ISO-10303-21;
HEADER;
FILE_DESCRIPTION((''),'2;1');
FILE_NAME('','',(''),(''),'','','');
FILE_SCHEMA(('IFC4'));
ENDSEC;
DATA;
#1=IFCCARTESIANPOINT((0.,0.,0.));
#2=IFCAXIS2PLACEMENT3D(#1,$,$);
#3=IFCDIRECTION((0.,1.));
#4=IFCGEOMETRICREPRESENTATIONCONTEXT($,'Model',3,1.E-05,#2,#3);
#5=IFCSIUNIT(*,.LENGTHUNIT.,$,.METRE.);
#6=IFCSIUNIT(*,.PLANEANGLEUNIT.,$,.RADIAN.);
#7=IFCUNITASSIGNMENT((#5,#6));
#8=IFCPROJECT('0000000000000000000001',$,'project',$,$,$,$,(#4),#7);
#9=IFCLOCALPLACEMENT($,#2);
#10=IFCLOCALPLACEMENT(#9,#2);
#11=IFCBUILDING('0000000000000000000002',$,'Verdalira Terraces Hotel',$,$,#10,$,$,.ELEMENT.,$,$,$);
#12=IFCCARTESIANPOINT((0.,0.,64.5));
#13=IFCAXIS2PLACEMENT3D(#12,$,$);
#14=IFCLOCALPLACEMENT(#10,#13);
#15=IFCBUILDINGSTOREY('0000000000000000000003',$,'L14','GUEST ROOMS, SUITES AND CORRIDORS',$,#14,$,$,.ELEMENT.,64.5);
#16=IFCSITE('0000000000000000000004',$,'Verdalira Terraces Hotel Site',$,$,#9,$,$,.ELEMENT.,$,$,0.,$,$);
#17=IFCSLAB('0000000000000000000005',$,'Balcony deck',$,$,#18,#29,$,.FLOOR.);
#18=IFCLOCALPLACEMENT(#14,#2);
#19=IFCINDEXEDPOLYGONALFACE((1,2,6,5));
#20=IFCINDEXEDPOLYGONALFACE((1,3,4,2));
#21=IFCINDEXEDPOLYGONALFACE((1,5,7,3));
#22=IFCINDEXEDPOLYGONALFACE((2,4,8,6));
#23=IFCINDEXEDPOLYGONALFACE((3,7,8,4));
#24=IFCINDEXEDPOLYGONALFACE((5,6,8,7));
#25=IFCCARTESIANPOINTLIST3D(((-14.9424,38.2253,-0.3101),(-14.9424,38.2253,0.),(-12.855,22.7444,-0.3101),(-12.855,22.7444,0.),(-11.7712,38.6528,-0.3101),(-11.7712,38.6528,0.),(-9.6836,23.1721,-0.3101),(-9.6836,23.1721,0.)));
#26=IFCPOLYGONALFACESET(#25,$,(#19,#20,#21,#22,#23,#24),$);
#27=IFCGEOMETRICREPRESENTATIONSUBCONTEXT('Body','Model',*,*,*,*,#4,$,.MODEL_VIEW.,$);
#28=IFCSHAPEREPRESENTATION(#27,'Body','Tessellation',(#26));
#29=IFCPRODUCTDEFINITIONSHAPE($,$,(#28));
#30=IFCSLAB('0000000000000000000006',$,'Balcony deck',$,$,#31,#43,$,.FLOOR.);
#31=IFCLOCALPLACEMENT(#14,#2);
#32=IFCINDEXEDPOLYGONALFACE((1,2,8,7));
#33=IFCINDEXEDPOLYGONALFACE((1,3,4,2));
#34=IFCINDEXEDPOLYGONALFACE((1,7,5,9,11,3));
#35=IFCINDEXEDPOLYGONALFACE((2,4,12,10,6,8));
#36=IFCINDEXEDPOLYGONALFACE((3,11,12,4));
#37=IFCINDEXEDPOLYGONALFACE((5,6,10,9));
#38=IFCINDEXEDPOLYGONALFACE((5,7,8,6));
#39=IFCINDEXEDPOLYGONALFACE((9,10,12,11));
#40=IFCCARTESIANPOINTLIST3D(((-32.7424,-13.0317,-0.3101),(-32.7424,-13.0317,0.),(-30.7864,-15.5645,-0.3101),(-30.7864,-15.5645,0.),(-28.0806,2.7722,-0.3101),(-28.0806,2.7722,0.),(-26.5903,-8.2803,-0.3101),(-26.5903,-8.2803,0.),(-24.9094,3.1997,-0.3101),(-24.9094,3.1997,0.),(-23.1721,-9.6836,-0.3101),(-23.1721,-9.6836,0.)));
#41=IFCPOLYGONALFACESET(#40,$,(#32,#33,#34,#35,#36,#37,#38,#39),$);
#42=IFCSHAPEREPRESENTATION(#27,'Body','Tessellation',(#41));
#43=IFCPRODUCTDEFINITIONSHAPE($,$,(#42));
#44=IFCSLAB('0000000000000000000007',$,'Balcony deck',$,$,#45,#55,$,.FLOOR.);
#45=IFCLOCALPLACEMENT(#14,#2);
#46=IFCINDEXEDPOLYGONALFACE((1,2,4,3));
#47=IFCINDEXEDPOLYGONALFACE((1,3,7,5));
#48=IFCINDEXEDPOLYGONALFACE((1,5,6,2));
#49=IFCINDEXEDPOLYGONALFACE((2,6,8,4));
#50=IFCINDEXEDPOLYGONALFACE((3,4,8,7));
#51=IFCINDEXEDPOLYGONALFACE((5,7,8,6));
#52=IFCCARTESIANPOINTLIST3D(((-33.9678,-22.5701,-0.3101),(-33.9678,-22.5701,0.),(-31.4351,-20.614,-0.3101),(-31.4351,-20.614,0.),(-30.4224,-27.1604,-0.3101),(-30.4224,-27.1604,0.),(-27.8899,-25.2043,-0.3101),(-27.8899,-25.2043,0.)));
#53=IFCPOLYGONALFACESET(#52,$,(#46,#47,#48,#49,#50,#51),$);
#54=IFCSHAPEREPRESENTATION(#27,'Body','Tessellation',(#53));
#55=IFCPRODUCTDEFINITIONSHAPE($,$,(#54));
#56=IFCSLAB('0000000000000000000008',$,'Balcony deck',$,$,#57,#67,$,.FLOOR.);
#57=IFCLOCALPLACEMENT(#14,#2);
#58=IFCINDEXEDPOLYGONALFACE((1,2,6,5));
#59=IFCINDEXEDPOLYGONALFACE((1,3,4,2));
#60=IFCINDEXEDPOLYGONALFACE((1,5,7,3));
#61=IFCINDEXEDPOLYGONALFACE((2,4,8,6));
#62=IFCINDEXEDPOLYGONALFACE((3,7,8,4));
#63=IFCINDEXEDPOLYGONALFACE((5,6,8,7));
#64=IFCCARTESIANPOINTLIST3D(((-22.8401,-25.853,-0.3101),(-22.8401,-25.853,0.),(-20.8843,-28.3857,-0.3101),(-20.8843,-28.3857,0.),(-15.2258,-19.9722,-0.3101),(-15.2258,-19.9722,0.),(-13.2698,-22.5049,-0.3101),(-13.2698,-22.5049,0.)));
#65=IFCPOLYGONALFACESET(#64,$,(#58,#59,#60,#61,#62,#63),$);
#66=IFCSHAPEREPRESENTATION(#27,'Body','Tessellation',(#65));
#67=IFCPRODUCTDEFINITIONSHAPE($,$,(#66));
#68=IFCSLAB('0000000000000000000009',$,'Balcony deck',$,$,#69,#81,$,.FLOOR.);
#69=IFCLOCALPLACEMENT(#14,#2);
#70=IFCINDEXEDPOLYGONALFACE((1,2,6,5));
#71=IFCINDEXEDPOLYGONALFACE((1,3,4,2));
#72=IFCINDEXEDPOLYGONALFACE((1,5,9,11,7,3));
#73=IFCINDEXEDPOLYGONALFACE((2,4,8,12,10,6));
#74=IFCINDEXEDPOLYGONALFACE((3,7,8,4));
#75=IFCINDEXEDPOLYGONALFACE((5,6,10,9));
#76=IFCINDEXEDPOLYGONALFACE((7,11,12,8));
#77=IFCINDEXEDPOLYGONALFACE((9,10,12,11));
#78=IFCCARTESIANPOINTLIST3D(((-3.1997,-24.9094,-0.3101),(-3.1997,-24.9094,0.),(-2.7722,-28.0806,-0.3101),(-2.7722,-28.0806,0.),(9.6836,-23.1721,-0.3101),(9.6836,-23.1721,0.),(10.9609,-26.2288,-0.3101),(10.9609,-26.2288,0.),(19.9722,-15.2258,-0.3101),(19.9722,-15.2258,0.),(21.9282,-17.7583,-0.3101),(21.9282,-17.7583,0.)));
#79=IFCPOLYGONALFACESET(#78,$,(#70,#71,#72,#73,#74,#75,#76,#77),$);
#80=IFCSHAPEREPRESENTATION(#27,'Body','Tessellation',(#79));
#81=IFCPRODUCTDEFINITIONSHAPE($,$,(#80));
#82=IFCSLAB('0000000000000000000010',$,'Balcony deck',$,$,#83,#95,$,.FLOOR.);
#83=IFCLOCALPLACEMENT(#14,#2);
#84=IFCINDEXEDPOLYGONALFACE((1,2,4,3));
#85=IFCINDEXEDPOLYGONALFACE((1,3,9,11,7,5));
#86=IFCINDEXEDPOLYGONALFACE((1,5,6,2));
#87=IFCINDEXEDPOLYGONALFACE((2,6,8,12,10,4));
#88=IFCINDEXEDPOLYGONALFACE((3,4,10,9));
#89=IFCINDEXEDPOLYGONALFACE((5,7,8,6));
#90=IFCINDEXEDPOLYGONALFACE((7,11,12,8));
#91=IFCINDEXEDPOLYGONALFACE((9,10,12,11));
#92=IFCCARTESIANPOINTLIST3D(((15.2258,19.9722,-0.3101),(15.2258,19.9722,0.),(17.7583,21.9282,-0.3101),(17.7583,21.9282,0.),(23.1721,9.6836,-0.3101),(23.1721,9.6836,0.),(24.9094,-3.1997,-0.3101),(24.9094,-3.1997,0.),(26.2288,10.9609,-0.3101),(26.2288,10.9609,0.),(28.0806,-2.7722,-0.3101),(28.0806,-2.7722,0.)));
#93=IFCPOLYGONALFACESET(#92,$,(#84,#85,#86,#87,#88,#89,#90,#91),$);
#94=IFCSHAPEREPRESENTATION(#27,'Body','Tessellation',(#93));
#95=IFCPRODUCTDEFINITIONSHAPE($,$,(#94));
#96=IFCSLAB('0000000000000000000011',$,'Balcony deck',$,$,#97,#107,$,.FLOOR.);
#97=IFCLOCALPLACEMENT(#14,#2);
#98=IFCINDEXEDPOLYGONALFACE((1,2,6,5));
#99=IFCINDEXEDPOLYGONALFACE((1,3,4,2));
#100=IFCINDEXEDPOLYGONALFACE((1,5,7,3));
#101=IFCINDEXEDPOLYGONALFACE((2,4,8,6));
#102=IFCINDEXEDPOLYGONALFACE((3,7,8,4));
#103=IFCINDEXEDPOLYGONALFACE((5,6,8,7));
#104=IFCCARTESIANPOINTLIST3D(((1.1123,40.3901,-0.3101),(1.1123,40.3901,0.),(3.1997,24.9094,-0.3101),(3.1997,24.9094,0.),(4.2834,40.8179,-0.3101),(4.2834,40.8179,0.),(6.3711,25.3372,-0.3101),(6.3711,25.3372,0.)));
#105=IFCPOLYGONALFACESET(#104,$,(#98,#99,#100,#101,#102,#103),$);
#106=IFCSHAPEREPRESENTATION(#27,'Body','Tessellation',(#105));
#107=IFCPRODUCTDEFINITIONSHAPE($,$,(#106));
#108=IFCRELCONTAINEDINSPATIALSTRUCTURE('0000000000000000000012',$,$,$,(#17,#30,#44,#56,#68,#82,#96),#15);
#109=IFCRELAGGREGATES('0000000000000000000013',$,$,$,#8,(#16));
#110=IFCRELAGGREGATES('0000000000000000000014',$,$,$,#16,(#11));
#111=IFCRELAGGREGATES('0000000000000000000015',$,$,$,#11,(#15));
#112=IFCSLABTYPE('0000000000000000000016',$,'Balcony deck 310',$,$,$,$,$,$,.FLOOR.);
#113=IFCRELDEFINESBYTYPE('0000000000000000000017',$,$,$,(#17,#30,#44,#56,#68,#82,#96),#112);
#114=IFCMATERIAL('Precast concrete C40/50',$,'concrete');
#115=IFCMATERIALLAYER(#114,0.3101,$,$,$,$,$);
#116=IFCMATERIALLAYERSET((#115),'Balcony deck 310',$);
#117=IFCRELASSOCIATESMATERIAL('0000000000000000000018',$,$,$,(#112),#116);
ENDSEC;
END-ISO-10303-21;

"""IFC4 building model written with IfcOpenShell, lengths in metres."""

from ifc_helpers import new_model, si_unit, direction, frame, origin, place, context, subcontext, project, spatial, polyline, outline, extrude, material, layer, layer_set, type_object, element, save


model = new_model("IFC4")

# Units and contexts
model_context = context("Model", 3, precision=1e-05, world=origin(), true_north=direction((0.0, 1.0)))
body_context = subcontext(model_context, "Body", "Model", "MODEL_VIEW")
ifc_project = project(units=[si_unit("LENGTHUNIT", "METRE"), si_unit("PLANEANGLEUNIT", "RADIAN")], contexts=[model_context])

# Site, building, storey
site_placement = place(None, origin())
site = spatial("IfcSite", under=ifc_project, at=site_placement, Name="Verdalira Terraces Hotel Site", CompositionType="ELEMENT", RefElevation=0.0)
building_placement = place(site_placement, origin())
building = spatial("IfcBuilding", under=site, at=building_placement, Name="Verdalira Terraces Hotel", CompositionType="ELEMENT")
storey_placement = place(building_placement, frame((0.0, 0.0, 64.5)))
storey = spatial("IfcBuildingStorey", under=building, at=storey_placement, Name="L14", Description="GUEST ROOMS, SUITES AND CORRIDORS", CompositionType="ELEMENT", Elevation=64.5)

# Slabs
ifc_material_1 = material(Name="Precast concrete C40/50", Category="concrete")
ifc_layer_1 = layer(ifc_material_1, 0.3101)
ifc_layer_set_1 = layer_set([ifc_layer_1], Name="Balcony deck 310")
slab_type_1 = type_object("IfcSlabType", Name="Balcony deck 310", PredefinedType="FLOOR", material=ifc_layer_set_1)
slab_1_placement = place(storey_placement, frame((0.0, 0.0, -0.3101)))
element("IfcSlab", 1, at=slab_1_placement, inside=storey, type_object=slab_type_1, Name="Balcony deck", PredefinedType="FLOOR", context=body_context, shape_type="SweptSolid", body=[
    extrude(outline(polyline([(-12.855, 22.7444), (-9.6836, 23.1721), (-11.7712, 38.6528), (-14.9424, 38.2253), (-12.855, 22.7444)])), origin(), (0.0, 0.0, 1.0), 0.3101),
])
slab_2_placement = place(storey_placement, frame((0.0, 0.0, -0.3101)))
element("IfcSlab", 2, at=slab_2_placement, inside=storey, type_object=slab_type_1, Name="Balcony deck", PredefinedType="FLOOR", context=body_context, shape_type="SweptSolid", body=[
    extrude(outline(polyline([(-26.5903, -8.2803), (-32.7424, -13.0317), (-30.7864, -15.5645), (-23.1721, -9.6836), (-24.9094, 3.1997), (-28.0806, 2.7722), (-26.5903, -8.2803)])), origin(), (0.0, 0.0, 1.0), 0.3101),
])
slab_3_placement = place(storey_placement, frame((0.0, 0.0, -0.3101)))
element("IfcSlab", 3, at=slab_3_placement, inside=storey, type_object=slab_type_1, Name="Balcony deck", PredefinedType="FLOOR", context=body_context, shape_type="SweptSolid", body=[
    extrude(outline(polyline([(-30.4224, -27.1604), (-27.8899, -25.2043), (-31.4351, -20.614), (-33.9678, -22.5701), (-30.4224, -27.1604)])), origin(), (0.0, 0.0, 1.0), 0.3101),
])
slab_4_placement = place(storey_placement, frame((0.0, 0.0, -0.3101)))
element("IfcSlab", 4, at=slab_4_placement, inside=storey, type_object=slab_type_1, Name="Balcony deck", PredefinedType="FLOOR", context=body_context, shape_type="SweptSolid", body=[
    extrude(outline(polyline([(-13.2698, -22.5049), (-15.2258, -19.9722), (-22.8401, -25.853), (-20.8843, -28.3857), (-13.2698, -22.5049)])), origin(), (0.0, 0.0, 1.0), 0.3101),
])
slab_5_placement = place(storey_placement, frame((0.0, 0.0, -0.3101)))
element("IfcSlab", 5, at=slab_5_placement, inside=storey, type_object=slab_type_1, Name="Balcony deck", PredefinedType="FLOOR", context=body_context, shape_type="SweptSolid", body=[
    extrude(outline(polyline([(21.9282, -17.7583), (19.9722, -15.2258), (9.6836, -23.1721), (-3.1997, -24.9094), (-2.7722, -28.0806), (10.9609, -26.2288), (21.9282, -17.7583)])), origin(), (0.0, 0.0, 1.0), 0.3101),
])
slab_6_placement = place(storey_placement, frame((0.0, 0.0, -0.3101)))
element("IfcSlab", 6, at=slab_6_placement, inside=storey, type_object=slab_type_1, Name="Balcony deck", PredefinedType="FLOOR", context=body_context, shape_type="SweptSolid", body=[
    extrude(outline(polyline([(17.7583, 21.9282), (15.2258, 19.9722), (23.1721, 9.6836), (24.9094, -3.1997), (28.0806, -2.7722), (26.2288, 10.9609), (17.7583, 21.9282)])), origin(), (0.0, 0.0, 1.0), 0.3101),
])
slab_7_placement = place(storey_placement, frame((0.0, 0.0, -0.3101)))
element("IfcSlab", 7, at=slab_7_placement, inside=storey, type_object=slab_type_1, Name="Balcony deck", PredefinedType="FLOOR", context=body_context, shape_type="SweptSolid", body=[
    extrude(outline(polyline([(4.2834, 40.8179), (1.1123, 40.3901), (3.1997, 24.9094), (6.3711, 25.3372), (4.2834, 40.8179)])), origin(), (0.0, 0.0, 1.0), 0.3101),
])

save(model, "model.ifc")
